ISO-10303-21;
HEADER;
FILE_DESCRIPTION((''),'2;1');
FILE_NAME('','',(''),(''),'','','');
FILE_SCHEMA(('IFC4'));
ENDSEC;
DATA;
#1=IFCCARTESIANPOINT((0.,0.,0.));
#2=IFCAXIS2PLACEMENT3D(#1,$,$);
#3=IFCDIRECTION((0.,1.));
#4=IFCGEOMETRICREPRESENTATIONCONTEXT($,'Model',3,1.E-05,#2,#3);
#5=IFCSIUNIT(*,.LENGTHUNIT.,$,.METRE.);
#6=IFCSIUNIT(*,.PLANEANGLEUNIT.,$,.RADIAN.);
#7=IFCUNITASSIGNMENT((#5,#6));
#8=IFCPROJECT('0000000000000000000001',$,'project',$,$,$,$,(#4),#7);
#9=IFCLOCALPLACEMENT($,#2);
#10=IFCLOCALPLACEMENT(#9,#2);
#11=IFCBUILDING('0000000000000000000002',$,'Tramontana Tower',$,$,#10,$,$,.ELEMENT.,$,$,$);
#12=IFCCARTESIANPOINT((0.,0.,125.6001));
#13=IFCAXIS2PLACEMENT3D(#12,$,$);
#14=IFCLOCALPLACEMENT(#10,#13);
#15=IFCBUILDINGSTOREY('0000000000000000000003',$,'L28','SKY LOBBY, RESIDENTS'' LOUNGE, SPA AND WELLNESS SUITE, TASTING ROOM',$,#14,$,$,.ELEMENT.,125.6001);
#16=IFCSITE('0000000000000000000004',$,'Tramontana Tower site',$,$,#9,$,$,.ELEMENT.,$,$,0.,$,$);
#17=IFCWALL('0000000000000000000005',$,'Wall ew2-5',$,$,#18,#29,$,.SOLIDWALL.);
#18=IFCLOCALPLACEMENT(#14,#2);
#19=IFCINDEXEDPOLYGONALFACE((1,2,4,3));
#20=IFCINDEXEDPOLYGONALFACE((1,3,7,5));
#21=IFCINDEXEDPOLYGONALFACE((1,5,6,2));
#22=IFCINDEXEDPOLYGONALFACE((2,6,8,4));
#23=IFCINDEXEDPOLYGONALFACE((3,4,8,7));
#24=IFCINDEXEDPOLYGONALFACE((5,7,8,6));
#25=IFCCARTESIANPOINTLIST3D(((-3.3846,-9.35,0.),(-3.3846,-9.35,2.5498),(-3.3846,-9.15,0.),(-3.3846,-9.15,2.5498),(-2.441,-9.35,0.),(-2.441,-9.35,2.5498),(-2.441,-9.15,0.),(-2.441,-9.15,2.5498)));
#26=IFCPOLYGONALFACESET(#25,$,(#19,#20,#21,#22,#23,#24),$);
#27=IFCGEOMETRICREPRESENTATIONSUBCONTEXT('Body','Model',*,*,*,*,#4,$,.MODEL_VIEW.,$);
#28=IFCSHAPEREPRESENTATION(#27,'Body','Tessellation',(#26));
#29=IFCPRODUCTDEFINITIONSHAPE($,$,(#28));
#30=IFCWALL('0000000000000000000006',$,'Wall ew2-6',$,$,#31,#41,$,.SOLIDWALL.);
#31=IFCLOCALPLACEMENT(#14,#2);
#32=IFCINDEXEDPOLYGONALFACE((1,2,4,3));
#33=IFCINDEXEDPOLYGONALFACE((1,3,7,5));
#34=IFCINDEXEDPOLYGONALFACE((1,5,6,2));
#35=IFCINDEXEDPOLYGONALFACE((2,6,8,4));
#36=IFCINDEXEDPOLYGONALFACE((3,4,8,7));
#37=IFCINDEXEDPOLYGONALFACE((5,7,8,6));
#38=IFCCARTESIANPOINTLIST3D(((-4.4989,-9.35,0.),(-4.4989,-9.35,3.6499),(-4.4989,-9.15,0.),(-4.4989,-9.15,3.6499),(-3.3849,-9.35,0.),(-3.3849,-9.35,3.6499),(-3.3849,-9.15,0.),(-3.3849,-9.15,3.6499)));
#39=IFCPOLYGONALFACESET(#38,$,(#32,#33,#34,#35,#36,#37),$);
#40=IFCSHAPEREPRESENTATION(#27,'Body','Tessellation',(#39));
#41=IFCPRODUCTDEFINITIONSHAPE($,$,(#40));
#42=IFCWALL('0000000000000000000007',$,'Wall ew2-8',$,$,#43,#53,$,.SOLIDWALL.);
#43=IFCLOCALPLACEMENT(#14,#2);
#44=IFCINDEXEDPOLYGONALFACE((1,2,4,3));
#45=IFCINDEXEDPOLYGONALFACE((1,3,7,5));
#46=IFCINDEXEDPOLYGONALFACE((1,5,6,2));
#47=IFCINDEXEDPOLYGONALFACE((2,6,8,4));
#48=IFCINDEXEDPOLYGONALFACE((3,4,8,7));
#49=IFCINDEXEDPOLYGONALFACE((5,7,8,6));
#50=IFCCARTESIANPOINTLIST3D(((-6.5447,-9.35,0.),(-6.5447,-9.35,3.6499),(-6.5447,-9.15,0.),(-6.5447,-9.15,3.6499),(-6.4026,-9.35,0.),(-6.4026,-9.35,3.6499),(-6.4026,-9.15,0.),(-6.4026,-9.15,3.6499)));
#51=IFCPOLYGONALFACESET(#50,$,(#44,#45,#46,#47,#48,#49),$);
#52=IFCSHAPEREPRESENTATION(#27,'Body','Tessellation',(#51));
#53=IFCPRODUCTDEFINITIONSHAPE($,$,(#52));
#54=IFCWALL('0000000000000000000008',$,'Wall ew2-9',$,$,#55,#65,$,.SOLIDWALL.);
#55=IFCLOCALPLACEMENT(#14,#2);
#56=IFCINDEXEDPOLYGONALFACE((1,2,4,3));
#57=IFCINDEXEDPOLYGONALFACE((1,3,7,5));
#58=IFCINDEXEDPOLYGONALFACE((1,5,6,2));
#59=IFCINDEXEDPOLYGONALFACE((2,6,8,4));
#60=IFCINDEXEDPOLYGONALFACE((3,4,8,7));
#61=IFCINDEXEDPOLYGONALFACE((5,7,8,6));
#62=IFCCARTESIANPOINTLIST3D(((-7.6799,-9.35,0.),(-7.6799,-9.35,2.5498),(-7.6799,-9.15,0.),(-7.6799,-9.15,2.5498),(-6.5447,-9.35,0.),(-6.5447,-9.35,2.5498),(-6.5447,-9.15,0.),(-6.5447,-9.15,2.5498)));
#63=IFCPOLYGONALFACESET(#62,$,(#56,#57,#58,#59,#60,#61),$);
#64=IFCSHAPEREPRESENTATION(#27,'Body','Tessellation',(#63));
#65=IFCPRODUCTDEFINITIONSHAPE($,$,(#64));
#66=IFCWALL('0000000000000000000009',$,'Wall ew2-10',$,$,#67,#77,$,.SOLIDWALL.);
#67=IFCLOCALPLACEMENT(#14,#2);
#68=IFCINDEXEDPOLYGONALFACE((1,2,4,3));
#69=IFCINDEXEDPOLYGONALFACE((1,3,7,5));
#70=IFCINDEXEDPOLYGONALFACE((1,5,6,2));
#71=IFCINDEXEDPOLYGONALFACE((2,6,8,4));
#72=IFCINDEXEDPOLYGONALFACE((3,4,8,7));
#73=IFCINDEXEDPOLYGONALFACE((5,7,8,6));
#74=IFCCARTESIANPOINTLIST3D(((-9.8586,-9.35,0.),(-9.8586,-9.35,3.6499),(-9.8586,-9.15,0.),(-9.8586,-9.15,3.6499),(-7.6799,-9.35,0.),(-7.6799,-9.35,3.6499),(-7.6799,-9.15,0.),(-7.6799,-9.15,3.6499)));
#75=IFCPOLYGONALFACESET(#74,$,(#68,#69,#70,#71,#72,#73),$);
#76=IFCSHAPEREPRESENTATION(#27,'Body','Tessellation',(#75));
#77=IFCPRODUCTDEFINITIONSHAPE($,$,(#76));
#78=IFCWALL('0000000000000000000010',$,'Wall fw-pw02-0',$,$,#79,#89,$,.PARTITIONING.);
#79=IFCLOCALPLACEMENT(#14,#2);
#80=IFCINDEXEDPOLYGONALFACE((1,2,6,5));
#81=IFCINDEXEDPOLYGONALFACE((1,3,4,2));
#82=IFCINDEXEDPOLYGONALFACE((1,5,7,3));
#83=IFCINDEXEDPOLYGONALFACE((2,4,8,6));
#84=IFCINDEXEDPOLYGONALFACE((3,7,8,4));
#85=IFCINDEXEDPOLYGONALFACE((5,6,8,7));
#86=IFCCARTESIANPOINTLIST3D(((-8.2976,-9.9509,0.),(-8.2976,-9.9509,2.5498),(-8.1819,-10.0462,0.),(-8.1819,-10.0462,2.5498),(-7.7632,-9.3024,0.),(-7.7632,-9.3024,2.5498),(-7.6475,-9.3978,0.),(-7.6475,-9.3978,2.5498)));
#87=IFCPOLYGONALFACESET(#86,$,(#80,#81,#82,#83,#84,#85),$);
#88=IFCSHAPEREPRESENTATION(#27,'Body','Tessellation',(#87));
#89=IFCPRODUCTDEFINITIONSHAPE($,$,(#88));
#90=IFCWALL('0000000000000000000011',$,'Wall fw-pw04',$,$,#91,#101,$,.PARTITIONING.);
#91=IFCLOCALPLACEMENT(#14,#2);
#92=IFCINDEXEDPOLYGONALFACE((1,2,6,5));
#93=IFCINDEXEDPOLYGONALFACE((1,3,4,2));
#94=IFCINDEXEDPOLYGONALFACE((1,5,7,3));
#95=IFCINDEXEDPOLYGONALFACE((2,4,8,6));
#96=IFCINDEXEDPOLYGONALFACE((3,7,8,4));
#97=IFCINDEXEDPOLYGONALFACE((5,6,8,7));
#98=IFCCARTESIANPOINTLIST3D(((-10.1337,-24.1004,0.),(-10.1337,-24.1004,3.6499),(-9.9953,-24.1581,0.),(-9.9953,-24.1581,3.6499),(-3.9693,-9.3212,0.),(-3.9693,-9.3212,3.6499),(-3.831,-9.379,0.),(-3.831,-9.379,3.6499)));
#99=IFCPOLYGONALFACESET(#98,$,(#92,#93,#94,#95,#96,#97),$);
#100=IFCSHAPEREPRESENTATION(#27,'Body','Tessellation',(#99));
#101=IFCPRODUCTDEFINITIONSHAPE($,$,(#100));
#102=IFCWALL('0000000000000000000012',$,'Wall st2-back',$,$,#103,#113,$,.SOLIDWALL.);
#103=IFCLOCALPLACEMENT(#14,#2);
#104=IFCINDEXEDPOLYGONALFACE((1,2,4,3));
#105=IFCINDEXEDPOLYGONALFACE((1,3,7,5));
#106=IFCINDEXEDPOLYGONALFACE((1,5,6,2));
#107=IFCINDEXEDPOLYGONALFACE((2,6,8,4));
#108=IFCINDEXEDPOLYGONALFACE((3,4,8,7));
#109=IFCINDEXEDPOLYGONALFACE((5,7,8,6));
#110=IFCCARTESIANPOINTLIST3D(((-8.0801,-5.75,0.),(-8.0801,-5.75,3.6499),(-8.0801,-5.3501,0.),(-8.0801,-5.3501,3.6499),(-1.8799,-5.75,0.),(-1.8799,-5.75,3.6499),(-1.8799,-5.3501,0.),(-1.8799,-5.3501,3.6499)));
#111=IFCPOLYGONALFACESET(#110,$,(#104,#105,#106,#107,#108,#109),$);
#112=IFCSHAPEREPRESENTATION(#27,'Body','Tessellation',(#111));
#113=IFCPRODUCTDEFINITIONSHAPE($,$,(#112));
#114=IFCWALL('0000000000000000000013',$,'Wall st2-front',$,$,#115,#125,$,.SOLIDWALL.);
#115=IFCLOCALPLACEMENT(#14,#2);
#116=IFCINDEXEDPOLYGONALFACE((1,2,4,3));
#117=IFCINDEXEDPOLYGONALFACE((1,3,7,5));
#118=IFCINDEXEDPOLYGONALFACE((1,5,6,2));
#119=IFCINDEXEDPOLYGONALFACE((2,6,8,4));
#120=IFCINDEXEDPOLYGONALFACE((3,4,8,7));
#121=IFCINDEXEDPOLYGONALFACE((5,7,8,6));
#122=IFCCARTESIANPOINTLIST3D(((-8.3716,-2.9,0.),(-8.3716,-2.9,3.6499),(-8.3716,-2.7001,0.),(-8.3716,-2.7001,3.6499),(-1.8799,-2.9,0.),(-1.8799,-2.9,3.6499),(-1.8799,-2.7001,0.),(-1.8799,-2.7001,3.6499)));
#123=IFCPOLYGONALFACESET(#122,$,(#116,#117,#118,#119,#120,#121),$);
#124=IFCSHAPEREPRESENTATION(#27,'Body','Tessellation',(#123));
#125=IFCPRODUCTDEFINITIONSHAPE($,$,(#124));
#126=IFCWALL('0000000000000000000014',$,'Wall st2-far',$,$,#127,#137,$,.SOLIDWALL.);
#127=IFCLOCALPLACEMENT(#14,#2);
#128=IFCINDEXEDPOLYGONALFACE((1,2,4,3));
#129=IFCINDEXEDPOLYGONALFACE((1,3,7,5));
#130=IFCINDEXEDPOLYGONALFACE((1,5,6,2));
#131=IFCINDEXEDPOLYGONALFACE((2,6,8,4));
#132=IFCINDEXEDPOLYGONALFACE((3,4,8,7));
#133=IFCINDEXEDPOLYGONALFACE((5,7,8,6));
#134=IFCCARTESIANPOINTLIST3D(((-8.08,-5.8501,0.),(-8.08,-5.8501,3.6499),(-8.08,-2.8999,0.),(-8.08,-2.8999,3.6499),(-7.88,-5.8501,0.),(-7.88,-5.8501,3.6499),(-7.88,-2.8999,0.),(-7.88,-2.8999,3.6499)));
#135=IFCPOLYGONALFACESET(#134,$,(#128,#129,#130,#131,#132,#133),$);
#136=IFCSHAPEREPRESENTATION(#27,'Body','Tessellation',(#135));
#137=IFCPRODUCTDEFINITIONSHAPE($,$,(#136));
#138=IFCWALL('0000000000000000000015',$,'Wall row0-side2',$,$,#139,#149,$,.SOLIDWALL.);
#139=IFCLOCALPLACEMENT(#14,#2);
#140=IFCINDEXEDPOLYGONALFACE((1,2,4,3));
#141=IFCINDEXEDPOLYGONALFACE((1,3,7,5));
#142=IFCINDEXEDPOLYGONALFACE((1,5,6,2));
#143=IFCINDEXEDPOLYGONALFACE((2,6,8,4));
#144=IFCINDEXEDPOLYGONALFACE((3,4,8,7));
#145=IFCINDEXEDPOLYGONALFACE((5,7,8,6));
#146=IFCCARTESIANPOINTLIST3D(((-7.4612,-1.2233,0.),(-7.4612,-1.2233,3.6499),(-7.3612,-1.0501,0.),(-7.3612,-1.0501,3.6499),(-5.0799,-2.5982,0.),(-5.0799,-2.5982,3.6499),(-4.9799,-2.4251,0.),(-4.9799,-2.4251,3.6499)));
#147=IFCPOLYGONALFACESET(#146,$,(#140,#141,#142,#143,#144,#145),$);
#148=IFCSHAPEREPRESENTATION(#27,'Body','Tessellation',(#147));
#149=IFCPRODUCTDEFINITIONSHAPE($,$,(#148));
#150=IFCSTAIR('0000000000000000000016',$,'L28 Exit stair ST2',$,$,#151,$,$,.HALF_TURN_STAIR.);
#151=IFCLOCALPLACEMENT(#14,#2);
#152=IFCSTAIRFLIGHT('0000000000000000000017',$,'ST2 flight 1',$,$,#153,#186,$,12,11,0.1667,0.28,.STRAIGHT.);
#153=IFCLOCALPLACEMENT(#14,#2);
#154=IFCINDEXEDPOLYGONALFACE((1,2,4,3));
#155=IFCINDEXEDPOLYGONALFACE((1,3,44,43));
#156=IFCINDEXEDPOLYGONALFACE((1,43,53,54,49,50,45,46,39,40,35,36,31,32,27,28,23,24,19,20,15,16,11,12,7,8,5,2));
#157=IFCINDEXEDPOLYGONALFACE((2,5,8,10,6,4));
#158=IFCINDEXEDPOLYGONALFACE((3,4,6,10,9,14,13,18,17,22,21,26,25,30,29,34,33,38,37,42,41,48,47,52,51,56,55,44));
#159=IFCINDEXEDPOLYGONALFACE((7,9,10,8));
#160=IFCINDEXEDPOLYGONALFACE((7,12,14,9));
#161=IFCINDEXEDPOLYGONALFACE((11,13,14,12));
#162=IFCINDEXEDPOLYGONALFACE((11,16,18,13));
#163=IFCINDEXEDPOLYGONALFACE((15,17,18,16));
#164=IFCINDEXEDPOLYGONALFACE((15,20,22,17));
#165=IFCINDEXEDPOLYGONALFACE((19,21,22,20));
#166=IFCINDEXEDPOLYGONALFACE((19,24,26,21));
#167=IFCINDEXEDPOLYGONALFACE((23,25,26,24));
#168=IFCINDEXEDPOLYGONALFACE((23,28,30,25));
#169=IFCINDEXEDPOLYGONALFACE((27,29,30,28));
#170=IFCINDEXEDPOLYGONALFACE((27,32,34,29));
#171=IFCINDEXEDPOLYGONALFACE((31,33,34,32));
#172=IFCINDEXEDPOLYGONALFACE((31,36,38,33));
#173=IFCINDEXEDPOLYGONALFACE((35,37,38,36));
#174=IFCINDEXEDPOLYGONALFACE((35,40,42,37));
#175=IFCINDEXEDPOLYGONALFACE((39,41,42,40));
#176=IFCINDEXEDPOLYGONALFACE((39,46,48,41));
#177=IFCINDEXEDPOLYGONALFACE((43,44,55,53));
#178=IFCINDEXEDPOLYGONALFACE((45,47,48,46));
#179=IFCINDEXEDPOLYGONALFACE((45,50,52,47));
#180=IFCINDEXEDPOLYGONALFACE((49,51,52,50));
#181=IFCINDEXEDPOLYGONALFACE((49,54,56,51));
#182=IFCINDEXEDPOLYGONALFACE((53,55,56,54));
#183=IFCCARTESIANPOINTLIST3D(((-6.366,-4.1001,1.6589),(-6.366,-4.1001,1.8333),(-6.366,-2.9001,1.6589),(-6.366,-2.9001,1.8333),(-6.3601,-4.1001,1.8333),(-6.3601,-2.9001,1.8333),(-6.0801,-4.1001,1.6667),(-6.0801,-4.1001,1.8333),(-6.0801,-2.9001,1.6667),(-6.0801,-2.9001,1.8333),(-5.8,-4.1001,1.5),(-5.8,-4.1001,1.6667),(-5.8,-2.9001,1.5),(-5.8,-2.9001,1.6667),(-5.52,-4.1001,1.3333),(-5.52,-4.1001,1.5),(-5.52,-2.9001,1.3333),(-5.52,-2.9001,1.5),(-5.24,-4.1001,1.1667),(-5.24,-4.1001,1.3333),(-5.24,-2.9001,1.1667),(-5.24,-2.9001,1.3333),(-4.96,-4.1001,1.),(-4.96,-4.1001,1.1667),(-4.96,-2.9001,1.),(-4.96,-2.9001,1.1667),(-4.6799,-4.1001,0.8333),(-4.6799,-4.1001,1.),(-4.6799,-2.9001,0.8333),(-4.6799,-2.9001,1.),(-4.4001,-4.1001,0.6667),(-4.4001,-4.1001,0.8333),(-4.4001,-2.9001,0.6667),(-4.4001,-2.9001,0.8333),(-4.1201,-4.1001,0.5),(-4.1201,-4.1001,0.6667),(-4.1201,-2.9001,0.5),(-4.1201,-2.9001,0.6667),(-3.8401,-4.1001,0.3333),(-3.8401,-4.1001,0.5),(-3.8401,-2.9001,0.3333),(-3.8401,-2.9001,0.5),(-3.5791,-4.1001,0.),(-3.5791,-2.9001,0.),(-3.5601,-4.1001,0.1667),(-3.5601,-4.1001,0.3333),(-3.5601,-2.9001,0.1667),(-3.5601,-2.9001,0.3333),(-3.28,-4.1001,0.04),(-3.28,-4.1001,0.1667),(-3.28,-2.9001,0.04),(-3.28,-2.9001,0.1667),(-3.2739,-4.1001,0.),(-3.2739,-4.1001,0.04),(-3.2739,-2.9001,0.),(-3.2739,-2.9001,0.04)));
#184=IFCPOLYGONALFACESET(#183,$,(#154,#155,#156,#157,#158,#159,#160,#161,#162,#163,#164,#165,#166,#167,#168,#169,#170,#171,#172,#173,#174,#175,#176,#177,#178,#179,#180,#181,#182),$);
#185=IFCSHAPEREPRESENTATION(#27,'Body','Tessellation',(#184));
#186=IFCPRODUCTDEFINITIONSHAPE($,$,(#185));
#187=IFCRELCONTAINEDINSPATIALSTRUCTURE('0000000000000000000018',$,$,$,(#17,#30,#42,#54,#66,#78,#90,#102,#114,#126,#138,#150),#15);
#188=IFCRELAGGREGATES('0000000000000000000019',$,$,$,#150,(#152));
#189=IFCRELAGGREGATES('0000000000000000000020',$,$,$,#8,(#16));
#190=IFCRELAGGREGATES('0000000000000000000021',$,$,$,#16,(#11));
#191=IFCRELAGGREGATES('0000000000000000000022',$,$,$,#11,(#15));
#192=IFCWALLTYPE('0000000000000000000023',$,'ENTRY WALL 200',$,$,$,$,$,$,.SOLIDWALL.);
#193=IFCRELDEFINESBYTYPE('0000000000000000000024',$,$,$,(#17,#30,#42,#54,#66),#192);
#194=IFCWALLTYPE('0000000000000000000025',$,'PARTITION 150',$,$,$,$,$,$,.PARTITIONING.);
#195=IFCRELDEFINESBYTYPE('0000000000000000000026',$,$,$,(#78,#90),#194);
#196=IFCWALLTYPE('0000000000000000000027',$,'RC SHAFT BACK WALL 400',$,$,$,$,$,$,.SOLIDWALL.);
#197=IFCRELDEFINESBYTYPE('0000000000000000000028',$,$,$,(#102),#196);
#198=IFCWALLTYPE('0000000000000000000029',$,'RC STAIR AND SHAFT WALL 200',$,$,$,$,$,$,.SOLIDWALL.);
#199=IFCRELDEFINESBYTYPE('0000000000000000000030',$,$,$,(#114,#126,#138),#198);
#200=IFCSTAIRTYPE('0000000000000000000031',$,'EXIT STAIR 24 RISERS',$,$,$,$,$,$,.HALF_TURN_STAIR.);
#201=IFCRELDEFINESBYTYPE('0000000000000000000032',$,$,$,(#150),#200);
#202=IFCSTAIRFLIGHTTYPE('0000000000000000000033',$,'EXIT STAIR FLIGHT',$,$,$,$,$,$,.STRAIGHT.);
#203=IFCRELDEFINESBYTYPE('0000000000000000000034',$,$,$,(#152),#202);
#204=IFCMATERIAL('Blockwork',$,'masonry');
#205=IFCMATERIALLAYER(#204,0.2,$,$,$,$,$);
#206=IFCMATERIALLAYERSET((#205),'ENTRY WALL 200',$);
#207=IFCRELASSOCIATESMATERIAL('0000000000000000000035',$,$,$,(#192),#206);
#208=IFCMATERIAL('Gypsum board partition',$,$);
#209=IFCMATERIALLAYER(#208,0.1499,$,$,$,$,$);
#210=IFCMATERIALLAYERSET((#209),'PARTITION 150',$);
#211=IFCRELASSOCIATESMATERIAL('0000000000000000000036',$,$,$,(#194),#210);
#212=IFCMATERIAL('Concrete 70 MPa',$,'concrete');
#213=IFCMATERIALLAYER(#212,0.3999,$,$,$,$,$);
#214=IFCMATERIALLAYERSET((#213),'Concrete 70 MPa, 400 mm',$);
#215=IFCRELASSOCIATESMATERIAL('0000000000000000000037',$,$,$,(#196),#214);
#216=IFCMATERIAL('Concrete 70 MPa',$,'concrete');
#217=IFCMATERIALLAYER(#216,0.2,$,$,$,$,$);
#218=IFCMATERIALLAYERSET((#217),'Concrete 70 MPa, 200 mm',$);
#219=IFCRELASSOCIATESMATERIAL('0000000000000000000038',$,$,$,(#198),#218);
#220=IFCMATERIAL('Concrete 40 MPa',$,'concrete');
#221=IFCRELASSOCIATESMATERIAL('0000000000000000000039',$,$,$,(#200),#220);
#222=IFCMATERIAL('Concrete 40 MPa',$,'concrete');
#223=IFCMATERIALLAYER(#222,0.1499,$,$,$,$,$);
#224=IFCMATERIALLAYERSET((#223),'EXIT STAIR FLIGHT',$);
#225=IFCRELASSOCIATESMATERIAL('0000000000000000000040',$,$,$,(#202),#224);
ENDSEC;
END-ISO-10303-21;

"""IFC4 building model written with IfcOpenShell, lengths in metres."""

from ifc_helpers import new_model, si_unit, direction, frame, frame_2d, origin, place, context, subcontext, project, spatial, polyline, rectangle, outline, extrude, material, layer, layer_set, type_object, element, aggregate, save


model = new_model("IFC4")

# Units and contexts
model_context = context("Model", 3, precision=1e-05, world=origin(), true_north=direction((0.0, 1.0)))
body_context = subcontext(model_context, "Body", "Model", "MODEL_VIEW")
ifc_project = project(units=[si_unit("LENGTHUNIT", "METRE"), si_unit("PLANEANGLEUNIT", "RADIAN")], contexts=[model_context])

# Site, building, storey
site_placement = place(None, origin())
site = spatial("IfcSite", under=ifc_project, at=site_placement, Name="Tramontana Tower site", CompositionType="ELEMENT", RefElevation=0.0)
building_placement = place(site_placement, origin())
building = spatial("IfcBuilding", under=site, at=building_placement, Name="Tramontana Tower", CompositionType="ELEMENT")
storey_placement = place(building_placement, frame((0.0, 0.0, 125.6001)))
storey = spatial("IfcBuildingStorey", under=building, at=storey_placement, Name="L28", Description="SKY LOBBY, RESIDENTS' LOUNGE, SPA AND WELLNESS SUITE, TASTING ROOM", CompositionType="ELEMENT", Elevation=125.6001)

# Walls
ifc_material_1 = material(Name="Blockwork", Category="masonry")
ifc_layer_1 = layer(ifc_material_1, 0.2)
ifc_layer_set_1 = layer_set([ifc_layer_1], Name="ENTRY WALL 200")
wall_type_1 = type_object("IfcWallType", Name="ENTRY WALL 200", PredefinedType="SOLIDWALL", material=ifc_layer_set_1)
wall_1_placement = place(storey_placement, frame((-2.4412, -9.25, 0.0), z_axis=(0.0, 0.0, 1.0), x_axis=(-1.0, 0.0, 0.0)))
element("IfcWall", 1, at=wall_1_placement, inside=storey, type_object=wall_type_1, Name="Wall ew2-5", PredefinedType="SOLIDWALL", context=body_context, shape_type="SweptSolid", body=[
    extrude(rectangle(XDim=0.9436, YDim=0.2, at=frame_2d((0.4717, 0.0))), origin(), (0.0, 0.0, 1.0), 2.5498),
])
wall_2_placement = place(storey_placement, frame((-3.3848, -9.25, 0.0), z_axis=(0.0, 0.0, 1.0), x_axis=(-1.0, 0.0, 0.0)))
element("IfcWall", 2, at=wall_2_placement, inside=storey, type_object=wall_type_1, Name="Wall ew2-6", PredefinedType="SOLIDWALL", context=body_context, shape_type="SweptSolid", body=[
    extrude(rectangle(XDim=1.114, YDim=0.2, at=frame_2d((0.5571, 0.0))), origin(), (0.0, 0.0, 1.0), 3.6499),
])

# Walls
wall_3_placement = place(storey_placement, frame((-6.4026, -9.25, 0.0), z_axis=(0.0, 0.0, 1.0), x_axis=(-1.0, 0.0, 0.0)))
element("IfcWall", 3, at=wall_3_placement, inside=storey, type_object=wall_type_1, Name="Wall ew2-8", PredefinedType="SOLIDWALL", context=body_context, shape_type="SweptSolid", body=[
    extrude(rectangle(XDim=0.1421, YDim=0.2, at=frame_2d((0.071, 0.0))), origin(), (0.0, 0.0, 1.0), 3.6499),
])
wall_4_placement = place(storey_placement, frame((-6.5447, -9.25, 0.0), z_axis=(0.0, 0.0, 1.0), x_axis=(-1.0, 0.0, 0.0)))
element("IfcWall", 4, at=wall_4_placement, inside=storey, type_object=wall_type_1, Name="Wall ew2-9", PredefinedType="SOLIDWALL", context=body_context, shape_type="SweptSolid", body=[
    extrude(rectangle(XDim=1.1353, YDim=0.2, at=frame_2d((0.5676, 0.0))), origin(), (0.0, 0.0, 1.0), 2.5498),
])
wall_5_placement = place(storey_placement, frame((-7.6799, -9.25, 0.0), z_axis=(0.0, 0.0, 1.0), x_axis=(-1.0, 0.0, 0.0)))
element("IfcWall", 5, at=wall_5_placement, inside=storey, type_object=wall_type_1, Name="Wall ew2-10", PredefinedType="SOLIDWALL", context=body_context, shape_type="SweptSolid", body=[
    extrude(rectangle(XDim=2.1787, YDim=0.2, at=frame_2d((1.0894, 0.0))), origin(), (0.0, 0.0, 1.0), 3.6499),
])
ifc_material_2 = material(Name="Gypsum board partition")
ifc_layer_2 = layer(ifc_material_2, 0.1499)
ifc_layer_set_2 = layer_set([ifc_layer_2], Name="PARTITION 150")
wall_type_2 = type_object("IfcWallType", Name="PARTITION 150", PredefinedType="PARTITIONING", material=ifc_layer_set_2)
wall_6_placement = place(storey_placement, frame((-7.7053, -9.3501, 0.0), z_axis=(0.0, 0.0, 1.0), x_axis=(-0.636003, -0.771687, 0.0)))
element("IfcWall", 6, at=wall_6_placement, inside=storey, type_object=wall_type_2, Name="Wall fw-pw02-0", PredefinedType="PARTITIONING", context=body_context, shape_type="SweptSolid", body=[
    extrude(rectangle(XDim=0.8403, YDim=0.1499, at=frame_2d((0.4202, 0.0))), origin(), (0.0, 0.0, 1.0), 2.5498),
])
wall_7_placement = place(storey_placement, frame((-3.9001, -9.3501, 0.0), z_axis=(0.0, 0.0, 1.0), x_axis=(-0.384954, -0.922936, 0.0)))
element("IfcWall", 7, at=wall_7_placement, inside=storey, type_object=wall_type_2, Name="Wall fw-pw04", PredefinedType="PARTITIONING", context=body_context, shape_type="SweptSolid", body=[
    extrude(rectangle(XDim=16.0132, YDim=0.1499, at=frame_2d((8.0066, 0.0))), origin(), (0.0, 0.0, 1.0), 3.6499),
])
ifc_material_3 = material(Name="Concrete 70 MPa", Category="concrete")
ifc_layer_3 = layer(ifc_material_3, 0.3999)
ifc_layer_set_3 = layer_set([ifc_layer_3], Name="Concrete 70 MPa, 400 mm")
wall_type_3 = type_object("IfcWallType", Name="RC SHAFT BACK WALL 400", PredefinedType="SOLIDWALL", material=ifc_layer_set_3)
wall_8_placement = place(storey_placement, frame((-8.0801, -5.55, 0.0), z_axis=(0.0, 0.0, 1.0), x_axis=(1.0, 0.0, 0.0)))
element("IfcWall", 8, at=wall_8_placement, inside=storey, type_object=wall_type_3, Name="Wall st2-back", PredefinedType="SOLIDWALL", context=body_context, shape_type="SweptSolid", body=[
    extrude(rectangle(XDim=6.2002, YDim=0.3999, at=frame_2d((3.1001, 0.0))), origin(), (0.0, 0.0, 1.0), 3.6499),
])
ifc_material_4 = material(Name="Concrete 70 MPa", Category="concrete")
ifc_layer_4 = layer(ifc_material_4, 0.2)
ifc_layer_set_4 = layer_set([ifc_layer_4], Name="Concrete 70 MPa, 200 mm")
wall_type_4 = type_object("IfcWallType", Name="RC STAIR AND SHAFT WALL 200", PredefinedType="SOLIDWALL", material=ifc_layer_set_4)
wall_9_placement = place(storey_placement, frame((-8.3716, -2.8, 0.0), z_axis=(0.0, 0.0, 1.0), x_axis=(1.0, 0.0, 0.0)))
element("IfcWall", 9, at=wall_9_placement, inside=storey, type_object=wall_type_4, Name="Wall st2-front", PredefinedType="SOLIDWALL", context=body_context, shape_type="SweptSolid", body=[
    extrude(rectangle(XDim=6.4917, YDim=0.2, at=frame_2d((3.2458, 0.0))), origin(), (0.0, 0.0, 1.0), 3.6499),
])
wall_10_placement = place(storey_placement, frame((-7.98, -2.8999, 0.0), z_axis=(0.0, 0.0, 1.0), x_axis=(0.0, -1.0, 0.0)))
element("IfcWall", 10, at=wall_10_placement, inside=storey, type_object=wall_type_4, Name="Wall st2-far", PredefinedType="SOLIDWALL", context=body_context, shape_type="SweptSolid", body=[
    extrude(rectangle(XDim=2.9502, YDim=0.2, at=frame_2d((1.4751, 0.0))), origin(), (0.0, 0.0, 1.0), 3.6499),
])
wall_11_placement = place(storey_placement, frame((-5.0298, -2.5117, 0.0), z_axis=(0.0, 0.0, 1.0), x_axis=(-0.866005, 0.500035, 0.0)))
element("IfcWall", 11, at=wall_11_placement, inside=storey, type_object=wall_type_4, Name="Wall row0-side2", PredefinedType="SOLIDWALL", context=body_context, shape_type="SweptSolid", body=[
    extrude(rectangle(XDim=2.7498, YDim=0.2, at=frame_2d((1.375, 0.0))), origin(), (0.0, 0.0, 1.0), 3.6499),
])

# Stair, stair flight
ifc_material_5 = material(Name="Concrete 40 MPa", Category="concrete")
stair_type = type_object("IfcStairType", Name="EXIT STAIR 24 RISERS", PredefinedType="HALF_TURN_STAIR", material=ifc_material_5)
stair_placement = place(storey_placement, origin())
stair = element("IfcStair", 12, at=stair_placement, inside=storey, type_object=stair_type, Name="L28 Exit stair ST2", PredefinedType="HALF_TURN_STAIR")
ifc_material_6 = material(Name="Concrete 40 MPa", Category="concrete")
ifc_layer_5 = layer(ifc_material_6, 0.1499)
ifc_layer_set_5 = layer_set([ifc_layer_5], Name="EXIT STAIR FLIGHT")
stair_flight_type = type_object("IfcStairFlightType", Name="EXIT STAIR FLIGHT", PredefinedType="STRAIGHT", material=ifc_layer_set_5)
stair_flight_1_placement = place(storey_placement, frame((-3.28, -3.5, 0.0), z_axis=(0.0, 0.0, 1.0), x_axis=(-1.0, 0.0, 0.0)))
stair_flight_1 = element("IfcStairFlight", 13, at=stair_flight_1_placement, type_object=stair_flight_type, Name="ST2 flight 1", NumberOfRisers=12, NumberOfTreads=11, PredefinedType="STRAIGHT", RiserHeight=0.1667, TreadLength=0.28, context=body_context, shape_type="SweptSolid", body=[
    extrude(outline(polyline([(-0.0061, 0.0), (-0.0061, 0.04), (0.0, 0.04), (0.0, 0.1667), (0.28, 0.1667), (0.28, 0.3333), (0.5601, 0.3333), (0.5601, 0.5), (0.8401, 0.5), (0.8401, 0.6667), (1.1201, 0.6667), (1.1201, 0.8333), (1.3999, 0.8333), (1.3999, 1.0), (1.6799, 1.0), (1.6799, 1.1667), (1.96, 1.1667), (1.96, 1.3333), (2.24, 1.3333), (2.24, 1.5), (2.52, 1.5), (2.52, 1.6667), (2.8, 1.6667), (2.8, 1.8333), (3.0801, 1.8333), (3.0859, 1.8333), (3.0859, 1.6589), (0.2991, 0.0), (-0.0061, 0.0)])), frame((0.0, 0.6001, 0.0), z_axis=(0.0, -1.0, 0.0), x_axis=(1.0, 0.0, 0.0)), (0.0, 0.0, 1.0), 1.2),
])
aggregate(stair, [stair_flight_1])

save(model, "model.ifc")
